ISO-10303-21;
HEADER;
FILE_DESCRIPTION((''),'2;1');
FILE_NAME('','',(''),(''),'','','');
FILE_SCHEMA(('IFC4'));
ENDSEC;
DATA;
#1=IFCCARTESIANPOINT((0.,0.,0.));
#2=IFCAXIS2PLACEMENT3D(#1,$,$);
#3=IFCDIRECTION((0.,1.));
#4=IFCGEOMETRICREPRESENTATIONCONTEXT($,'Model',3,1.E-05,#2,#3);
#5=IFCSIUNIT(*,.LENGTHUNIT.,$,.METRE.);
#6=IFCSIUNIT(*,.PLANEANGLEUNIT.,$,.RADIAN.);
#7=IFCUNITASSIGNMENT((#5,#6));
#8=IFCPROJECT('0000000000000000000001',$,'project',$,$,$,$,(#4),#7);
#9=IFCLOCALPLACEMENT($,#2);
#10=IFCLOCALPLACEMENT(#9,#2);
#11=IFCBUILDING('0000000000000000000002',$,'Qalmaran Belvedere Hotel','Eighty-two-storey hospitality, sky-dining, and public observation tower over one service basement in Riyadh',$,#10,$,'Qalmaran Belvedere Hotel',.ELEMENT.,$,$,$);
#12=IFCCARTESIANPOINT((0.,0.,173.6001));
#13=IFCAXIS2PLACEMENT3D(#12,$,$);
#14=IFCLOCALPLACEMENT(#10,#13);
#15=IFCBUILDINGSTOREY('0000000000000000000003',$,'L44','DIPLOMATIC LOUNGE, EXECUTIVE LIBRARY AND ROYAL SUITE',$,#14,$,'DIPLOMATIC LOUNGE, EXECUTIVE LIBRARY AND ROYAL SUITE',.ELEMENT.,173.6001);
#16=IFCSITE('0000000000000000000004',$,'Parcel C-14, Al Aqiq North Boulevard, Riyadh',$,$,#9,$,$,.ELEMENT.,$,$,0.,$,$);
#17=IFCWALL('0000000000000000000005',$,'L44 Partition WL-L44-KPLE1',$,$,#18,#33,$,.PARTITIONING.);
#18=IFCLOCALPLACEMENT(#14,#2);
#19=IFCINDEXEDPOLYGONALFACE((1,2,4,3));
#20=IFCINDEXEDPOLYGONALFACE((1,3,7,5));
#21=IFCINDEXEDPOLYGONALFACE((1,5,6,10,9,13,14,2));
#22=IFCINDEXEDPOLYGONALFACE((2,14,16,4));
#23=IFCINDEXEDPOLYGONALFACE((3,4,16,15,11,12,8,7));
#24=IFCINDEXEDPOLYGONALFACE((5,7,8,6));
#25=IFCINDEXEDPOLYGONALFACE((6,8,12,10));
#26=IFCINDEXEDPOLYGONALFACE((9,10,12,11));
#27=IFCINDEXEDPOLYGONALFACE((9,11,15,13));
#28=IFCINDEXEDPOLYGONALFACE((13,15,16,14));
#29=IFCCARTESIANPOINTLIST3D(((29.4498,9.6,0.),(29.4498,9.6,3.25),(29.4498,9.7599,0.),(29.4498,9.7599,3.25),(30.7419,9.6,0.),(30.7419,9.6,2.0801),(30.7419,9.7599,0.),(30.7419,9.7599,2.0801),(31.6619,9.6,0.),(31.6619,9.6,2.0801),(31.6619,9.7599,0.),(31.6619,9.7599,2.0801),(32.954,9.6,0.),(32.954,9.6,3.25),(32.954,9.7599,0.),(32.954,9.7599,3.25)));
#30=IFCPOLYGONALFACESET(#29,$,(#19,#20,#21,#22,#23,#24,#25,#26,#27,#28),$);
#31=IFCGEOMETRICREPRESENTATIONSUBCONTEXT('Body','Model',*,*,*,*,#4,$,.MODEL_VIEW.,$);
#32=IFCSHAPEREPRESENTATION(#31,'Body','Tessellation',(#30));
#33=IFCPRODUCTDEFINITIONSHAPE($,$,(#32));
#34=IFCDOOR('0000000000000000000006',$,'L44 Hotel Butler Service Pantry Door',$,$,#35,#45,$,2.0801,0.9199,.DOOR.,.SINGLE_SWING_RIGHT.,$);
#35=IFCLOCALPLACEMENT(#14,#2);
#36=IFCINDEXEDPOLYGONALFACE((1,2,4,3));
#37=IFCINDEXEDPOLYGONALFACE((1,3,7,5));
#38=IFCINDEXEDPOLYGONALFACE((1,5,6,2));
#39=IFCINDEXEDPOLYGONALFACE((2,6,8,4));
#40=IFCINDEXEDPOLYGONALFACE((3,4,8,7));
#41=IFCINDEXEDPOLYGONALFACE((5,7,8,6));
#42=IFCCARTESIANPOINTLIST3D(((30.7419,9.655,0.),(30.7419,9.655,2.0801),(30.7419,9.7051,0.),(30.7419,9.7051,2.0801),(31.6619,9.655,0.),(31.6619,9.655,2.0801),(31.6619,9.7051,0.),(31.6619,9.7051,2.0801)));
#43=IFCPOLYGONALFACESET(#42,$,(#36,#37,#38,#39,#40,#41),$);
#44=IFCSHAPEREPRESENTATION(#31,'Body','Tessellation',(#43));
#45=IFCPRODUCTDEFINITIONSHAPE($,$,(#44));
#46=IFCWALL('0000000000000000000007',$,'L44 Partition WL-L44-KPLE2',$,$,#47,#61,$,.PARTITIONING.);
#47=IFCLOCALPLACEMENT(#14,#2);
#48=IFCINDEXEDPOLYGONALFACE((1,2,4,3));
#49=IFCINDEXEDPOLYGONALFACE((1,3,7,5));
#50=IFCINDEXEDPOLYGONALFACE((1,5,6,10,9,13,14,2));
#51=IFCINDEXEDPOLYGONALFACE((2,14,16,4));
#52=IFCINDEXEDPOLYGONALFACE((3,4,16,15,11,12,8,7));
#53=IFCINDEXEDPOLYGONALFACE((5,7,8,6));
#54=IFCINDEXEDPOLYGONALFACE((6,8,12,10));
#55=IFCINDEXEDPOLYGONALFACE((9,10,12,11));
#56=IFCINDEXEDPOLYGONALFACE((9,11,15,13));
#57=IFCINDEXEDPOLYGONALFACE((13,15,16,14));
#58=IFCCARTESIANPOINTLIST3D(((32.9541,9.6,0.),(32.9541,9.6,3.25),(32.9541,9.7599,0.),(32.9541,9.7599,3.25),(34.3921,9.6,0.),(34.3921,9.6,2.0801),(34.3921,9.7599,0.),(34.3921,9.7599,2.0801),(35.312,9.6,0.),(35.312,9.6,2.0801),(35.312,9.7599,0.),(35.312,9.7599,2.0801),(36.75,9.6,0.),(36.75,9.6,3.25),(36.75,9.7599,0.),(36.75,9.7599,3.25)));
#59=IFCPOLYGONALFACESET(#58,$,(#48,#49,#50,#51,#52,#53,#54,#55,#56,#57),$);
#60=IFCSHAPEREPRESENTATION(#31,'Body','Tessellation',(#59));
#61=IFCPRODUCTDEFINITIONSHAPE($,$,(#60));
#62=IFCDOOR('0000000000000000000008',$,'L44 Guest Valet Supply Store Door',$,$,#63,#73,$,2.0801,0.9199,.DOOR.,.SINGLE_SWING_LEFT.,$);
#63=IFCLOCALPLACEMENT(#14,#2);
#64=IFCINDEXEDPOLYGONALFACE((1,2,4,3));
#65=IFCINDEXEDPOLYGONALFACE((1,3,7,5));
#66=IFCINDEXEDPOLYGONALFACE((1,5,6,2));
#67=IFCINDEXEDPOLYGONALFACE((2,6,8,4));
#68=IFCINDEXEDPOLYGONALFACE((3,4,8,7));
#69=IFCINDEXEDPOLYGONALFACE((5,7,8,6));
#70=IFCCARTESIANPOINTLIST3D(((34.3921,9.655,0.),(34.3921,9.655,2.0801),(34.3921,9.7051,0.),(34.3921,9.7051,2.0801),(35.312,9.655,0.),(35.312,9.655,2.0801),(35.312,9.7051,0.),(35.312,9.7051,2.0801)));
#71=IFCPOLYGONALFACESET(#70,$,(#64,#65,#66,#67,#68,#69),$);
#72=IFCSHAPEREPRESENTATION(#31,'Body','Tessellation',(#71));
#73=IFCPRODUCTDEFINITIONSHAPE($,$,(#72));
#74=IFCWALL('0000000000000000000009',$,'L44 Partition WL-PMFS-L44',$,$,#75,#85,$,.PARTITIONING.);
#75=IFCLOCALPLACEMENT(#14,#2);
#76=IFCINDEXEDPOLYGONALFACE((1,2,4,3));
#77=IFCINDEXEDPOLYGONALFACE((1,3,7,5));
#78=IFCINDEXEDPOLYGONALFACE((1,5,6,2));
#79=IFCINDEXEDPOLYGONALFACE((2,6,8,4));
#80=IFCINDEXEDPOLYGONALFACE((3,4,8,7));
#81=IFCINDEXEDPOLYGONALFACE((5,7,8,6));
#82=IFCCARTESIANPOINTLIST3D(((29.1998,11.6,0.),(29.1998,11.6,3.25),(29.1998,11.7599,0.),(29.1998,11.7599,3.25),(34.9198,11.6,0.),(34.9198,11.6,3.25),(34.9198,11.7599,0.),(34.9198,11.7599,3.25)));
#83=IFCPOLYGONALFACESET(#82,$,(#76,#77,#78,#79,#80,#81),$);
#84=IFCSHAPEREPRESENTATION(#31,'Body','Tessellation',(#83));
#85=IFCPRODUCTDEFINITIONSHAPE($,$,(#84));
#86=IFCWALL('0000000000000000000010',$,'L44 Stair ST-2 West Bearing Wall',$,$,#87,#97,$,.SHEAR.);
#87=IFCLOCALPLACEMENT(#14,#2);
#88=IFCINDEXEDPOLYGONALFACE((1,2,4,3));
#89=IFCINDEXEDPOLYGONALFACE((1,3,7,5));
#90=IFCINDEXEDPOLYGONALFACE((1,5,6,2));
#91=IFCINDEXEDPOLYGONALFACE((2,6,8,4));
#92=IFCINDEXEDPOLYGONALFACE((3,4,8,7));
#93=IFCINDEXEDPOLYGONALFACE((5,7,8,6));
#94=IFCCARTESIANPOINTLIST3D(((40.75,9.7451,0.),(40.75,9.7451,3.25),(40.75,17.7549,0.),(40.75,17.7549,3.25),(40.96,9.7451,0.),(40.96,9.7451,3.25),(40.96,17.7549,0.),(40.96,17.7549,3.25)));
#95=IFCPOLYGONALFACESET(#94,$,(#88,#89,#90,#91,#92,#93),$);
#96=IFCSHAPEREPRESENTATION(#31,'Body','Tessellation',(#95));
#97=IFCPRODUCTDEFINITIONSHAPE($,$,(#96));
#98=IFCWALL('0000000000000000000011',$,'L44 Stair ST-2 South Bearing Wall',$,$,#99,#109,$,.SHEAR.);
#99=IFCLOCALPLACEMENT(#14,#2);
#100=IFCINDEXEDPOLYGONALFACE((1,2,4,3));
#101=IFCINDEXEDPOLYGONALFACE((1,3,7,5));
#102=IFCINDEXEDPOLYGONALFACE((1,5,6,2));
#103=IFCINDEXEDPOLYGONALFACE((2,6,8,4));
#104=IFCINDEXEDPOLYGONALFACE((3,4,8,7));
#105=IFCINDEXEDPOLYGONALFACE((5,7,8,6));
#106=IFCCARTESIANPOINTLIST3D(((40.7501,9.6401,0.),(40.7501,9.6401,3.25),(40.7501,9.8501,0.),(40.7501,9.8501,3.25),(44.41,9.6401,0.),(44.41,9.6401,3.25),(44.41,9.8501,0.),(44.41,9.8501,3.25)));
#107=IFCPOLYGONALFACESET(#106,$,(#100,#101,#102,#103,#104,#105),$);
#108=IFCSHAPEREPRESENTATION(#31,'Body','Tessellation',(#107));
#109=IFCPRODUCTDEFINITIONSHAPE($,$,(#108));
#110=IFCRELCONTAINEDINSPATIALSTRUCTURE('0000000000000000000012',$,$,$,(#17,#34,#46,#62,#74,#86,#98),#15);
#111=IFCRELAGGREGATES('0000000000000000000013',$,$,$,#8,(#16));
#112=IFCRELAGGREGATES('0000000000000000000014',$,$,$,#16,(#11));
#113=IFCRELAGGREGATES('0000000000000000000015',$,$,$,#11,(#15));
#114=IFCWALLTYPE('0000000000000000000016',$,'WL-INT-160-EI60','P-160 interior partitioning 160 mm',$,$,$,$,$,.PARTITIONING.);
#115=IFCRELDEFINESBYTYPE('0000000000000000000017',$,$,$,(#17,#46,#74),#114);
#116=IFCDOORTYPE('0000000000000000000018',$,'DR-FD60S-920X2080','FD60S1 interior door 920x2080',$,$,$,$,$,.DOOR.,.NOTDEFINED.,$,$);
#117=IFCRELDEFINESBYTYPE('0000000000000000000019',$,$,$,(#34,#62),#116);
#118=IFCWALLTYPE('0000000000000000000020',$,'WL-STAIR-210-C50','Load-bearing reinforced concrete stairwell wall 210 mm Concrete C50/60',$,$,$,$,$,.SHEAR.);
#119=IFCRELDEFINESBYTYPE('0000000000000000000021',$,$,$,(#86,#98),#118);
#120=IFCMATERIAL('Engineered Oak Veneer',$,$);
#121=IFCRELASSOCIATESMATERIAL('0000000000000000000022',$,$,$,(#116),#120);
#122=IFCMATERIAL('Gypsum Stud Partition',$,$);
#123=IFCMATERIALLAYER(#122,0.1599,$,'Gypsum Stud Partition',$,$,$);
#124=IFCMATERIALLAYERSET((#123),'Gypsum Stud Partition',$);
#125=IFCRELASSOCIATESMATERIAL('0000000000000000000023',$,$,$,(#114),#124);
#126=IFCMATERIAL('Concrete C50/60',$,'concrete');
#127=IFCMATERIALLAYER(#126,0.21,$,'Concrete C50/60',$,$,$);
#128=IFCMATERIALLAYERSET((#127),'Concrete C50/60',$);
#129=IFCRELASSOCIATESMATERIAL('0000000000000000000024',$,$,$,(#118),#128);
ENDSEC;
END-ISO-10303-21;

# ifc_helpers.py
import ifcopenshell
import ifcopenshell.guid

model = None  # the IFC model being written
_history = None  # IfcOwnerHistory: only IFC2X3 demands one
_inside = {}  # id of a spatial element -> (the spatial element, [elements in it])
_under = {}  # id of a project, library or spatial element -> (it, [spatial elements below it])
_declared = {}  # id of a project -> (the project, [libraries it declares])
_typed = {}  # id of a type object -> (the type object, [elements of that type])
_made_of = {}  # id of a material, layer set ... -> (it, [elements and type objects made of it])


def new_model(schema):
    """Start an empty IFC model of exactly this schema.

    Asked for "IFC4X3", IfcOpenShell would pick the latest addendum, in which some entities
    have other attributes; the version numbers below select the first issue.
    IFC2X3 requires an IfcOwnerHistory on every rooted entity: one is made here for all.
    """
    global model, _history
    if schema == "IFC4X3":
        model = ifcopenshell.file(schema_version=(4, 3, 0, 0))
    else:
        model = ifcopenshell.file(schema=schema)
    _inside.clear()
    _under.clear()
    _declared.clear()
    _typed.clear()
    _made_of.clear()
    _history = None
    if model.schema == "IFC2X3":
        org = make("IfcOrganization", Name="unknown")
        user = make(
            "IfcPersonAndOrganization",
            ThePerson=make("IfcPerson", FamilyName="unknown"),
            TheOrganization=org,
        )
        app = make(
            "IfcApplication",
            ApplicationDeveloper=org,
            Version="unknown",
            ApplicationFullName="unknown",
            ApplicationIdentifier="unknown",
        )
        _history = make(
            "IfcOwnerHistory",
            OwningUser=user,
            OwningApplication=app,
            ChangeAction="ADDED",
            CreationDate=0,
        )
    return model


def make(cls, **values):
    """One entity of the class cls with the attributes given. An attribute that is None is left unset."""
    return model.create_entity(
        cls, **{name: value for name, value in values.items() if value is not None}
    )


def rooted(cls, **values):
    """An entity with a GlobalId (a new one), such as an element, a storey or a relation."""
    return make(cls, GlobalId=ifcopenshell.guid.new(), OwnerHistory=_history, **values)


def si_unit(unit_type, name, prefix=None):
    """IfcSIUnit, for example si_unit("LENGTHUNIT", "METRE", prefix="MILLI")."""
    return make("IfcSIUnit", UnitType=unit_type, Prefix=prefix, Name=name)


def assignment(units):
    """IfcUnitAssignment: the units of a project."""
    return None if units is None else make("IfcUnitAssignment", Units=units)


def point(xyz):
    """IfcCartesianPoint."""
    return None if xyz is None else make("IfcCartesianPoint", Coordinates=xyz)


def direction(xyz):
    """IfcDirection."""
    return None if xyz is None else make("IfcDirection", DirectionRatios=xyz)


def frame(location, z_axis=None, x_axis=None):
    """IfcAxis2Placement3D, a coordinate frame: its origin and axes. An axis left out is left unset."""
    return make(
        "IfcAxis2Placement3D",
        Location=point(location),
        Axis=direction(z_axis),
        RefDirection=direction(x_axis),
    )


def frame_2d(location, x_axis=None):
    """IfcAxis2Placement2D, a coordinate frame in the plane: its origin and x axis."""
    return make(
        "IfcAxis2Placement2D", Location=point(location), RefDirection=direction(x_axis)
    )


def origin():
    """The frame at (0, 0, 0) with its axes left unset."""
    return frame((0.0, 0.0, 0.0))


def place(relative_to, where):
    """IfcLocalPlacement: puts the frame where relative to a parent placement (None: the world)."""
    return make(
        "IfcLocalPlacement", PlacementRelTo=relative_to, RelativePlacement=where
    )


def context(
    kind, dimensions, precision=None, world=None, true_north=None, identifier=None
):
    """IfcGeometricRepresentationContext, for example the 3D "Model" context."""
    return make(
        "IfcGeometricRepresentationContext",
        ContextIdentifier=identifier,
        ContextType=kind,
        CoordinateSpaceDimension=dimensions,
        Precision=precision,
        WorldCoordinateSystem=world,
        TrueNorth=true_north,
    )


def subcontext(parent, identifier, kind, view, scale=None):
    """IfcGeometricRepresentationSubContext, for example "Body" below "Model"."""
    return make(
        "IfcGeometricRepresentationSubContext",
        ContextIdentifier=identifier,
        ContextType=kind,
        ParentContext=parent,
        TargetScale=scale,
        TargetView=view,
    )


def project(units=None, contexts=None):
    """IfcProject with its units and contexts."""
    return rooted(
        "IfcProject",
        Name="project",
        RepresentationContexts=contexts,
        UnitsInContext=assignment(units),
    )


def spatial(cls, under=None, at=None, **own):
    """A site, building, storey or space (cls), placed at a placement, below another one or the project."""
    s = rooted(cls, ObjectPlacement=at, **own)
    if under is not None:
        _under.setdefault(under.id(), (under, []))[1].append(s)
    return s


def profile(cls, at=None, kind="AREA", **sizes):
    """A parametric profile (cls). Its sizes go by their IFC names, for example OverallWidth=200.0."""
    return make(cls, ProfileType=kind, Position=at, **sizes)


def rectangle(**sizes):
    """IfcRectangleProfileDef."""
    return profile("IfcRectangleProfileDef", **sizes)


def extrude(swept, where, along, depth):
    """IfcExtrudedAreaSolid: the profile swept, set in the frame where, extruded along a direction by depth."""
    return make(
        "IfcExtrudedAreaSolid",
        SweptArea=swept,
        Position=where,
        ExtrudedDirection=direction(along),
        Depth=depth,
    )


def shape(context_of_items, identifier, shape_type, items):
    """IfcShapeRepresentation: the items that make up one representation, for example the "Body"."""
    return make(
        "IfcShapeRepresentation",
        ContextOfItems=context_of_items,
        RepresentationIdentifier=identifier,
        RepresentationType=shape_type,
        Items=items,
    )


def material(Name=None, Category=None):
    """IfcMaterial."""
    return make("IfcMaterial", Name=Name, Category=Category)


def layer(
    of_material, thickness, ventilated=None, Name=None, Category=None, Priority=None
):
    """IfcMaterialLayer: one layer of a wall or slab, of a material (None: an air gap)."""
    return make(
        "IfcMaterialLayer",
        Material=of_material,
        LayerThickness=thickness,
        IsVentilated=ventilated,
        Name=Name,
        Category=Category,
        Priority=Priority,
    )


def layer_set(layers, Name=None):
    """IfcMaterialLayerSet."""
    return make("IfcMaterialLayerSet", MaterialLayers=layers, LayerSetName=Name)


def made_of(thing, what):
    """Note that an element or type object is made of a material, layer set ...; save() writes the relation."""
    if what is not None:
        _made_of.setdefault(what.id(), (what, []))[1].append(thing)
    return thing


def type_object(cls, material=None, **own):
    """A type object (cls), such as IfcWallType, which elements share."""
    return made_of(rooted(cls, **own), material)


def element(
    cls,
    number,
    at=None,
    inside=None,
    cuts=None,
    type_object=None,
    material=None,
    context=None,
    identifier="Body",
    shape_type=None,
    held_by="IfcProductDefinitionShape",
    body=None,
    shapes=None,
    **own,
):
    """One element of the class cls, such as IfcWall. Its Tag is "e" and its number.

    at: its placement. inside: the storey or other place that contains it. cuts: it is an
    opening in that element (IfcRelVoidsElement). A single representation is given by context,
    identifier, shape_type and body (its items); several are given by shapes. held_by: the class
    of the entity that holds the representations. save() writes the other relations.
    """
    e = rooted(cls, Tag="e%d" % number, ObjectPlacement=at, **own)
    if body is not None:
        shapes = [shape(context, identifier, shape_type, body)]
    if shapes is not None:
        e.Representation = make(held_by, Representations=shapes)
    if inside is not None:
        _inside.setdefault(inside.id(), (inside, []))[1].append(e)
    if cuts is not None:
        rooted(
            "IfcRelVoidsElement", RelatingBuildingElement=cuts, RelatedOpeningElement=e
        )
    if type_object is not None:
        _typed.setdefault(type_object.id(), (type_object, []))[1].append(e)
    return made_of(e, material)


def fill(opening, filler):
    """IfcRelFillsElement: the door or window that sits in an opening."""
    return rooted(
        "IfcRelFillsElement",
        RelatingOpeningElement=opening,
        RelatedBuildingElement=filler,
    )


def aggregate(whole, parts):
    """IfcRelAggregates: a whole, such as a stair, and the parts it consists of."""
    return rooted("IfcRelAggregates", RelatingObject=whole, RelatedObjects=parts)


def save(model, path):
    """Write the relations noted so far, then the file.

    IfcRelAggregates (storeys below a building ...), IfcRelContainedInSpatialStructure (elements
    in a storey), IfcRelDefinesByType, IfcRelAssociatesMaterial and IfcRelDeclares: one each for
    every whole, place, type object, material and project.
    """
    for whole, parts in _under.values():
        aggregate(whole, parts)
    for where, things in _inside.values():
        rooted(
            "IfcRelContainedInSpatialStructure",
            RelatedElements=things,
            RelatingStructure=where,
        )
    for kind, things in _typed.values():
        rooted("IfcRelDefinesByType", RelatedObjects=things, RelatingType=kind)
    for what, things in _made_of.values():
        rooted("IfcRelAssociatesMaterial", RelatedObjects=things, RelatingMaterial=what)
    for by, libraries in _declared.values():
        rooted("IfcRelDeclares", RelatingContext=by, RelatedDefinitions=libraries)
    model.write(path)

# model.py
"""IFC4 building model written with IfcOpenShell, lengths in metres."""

from ifc_helpers import new_model, si_unit, direction, frame, frame_2d, origin, place, context, subcontext, project, spatial, rectangle, extrude, material, layer, layer_set, type_object, element, fill, save


model = new_model("IFC4")

# Units and contexts
model_context = context("Model", 3, precision=1e-05, world=origin(), true_north=direction((0.0, 1.0)))
body_context = subcontext(model_context, "Body", "Model", "MODEL_VIEW")
ifc_project = project(units=[si_unit("LENGTHUNIT", "METRE"), si_unit("PLANEANGLEUNIT", "RADIAN")], contexts=[model_context])

# Site, building, storey
site_placement = place(None, origin())
site = spatial("IfcSite", under=ifc_project, at=site_placement, Name="Parcel C-14, Al Aqiq North Boulevard, Riyadh", CompositionType="ELEMENT", RefElevation=0.0)
building_placement = place(site_placement, origin())
building = spatial("IfcBuilding", under=site, at=building_placement, Name="Qalmaran Belvedere Hotel", Description="Eighty-two-storey hospitality, sky-dining, and public observation tower over one service basement in Riyadh", LongName="Qalmaran Belvedere Hotel", CompositionType="ELEMENT")
storey_placement = place(building_placement, frame((0.0, 0.0, 173.6001)))
storey = spatial("IfcBuildingStorey", under=building, at=storey_placement, Name="L44", Description="DIPLOMATIC LOUNGE, EXECUTIVE LIBRARY AND ROYAL SUITE", LongName="DIPLOMATIC LOUNGE, EXECUTIVE LIBRARY AND ROYAL SUITE", CompositionType="ELEMENT", Elevation=173.6001)

# Shared definitions
ifc_material_1 = material(Name="Concrete C50/60", Category="concrete")

# Shared definitions
ifc_material_2 = material(Name="Gypsum Stud Partition")

# Shared definitions
ifc_material_3 = material(Name="Engineered Oak Veneer")
door_type_1 = type_object("IfcDoorType", Name="DR-FD60S-920X2080", Description="FD60S1 interior door 920x2080", OperationType="NOTDEFINED", PredefinedType="DOOR", material=ifc_material_3)

# Shared definitions
ifc_layer_1 = layer(ifc_material_2, 0.1599, Name="Gypsum Stud Partition")
ifc_layer_set_1 = layer_set([ifc_layer_1], Name="Gypsum Stud Partition")
wall_type_1 = type_object("IfcWallType", Name="WL-INT-160-EI60", Description="P-160 interior partitioning 160 mm", PredefinedType="PARTITIONING", material=ifc_layer_set_1)

# Walls, openings, doors
wall_1_placement = place(storey_placement, frame((29.45, 9.6799, 0.0), z_axis=(0.0, 0.0, 1.0), x_axis=(1.0, 0.0, 0.0)))
wall_1 = element("IfcWall", 1, at=wall_1_placement, inside=storey, type_object=wall_type_1, Name="L44 Partition WL-L44-KPLE1", PredefinedType="PARTITIONING", context=body_context, shape_type="SweptSolid", body=[
    extrude(rectangle(XDim=3.5042, YDim=0.1599, at=frame_2d((1.752, 0.0))), origin(), (0.0, 0.0, 1.0), 3.25),
])
opening_1_placement = place(wall_1_placement, frame((2.2119, 0.0, 0.0), z_axis=(0.0, 0.0, 1.0), x_axis=(-1.0, 0.0, 0.0)))
opening_1 = element("IfcOpeningElement", 2, at=opening_1_placement, cuts=wall_1, PredefinedType="OPENING", context=body_context, shape_type="SweptSolid", body=[
    extrude(rectangle(XDim=0.9199, YDim=2.0801, at=frame_2d((0.46, 1.04))), frame((0.0, 0.0898, 0.0), z_axis=(0.0, -1.0, 0.0), x_axis=(1.0, 0.0, 0.0)), (0.0, 0.0, 1.0), 0.1799),
])
door_1_placement = place(opening_1_placement, origin())
door_1 = element("IfcDoor", 3, at=door_1_placement, inside=storey, type_object=door_type_1, Name="L44 Hotel Butler Service Pantry Door", OperationType="SINGLE_SWING_RIGHT", OverallHeight=2.0801, OverallWidth=0.9199, PredefinedType="DOOR", context=body_context, shape_type="SweptSolid", body=[
    extrude(rectangle(XDim=0.9199, YDim=2.0801, at=frame_2d((0.46, 1.04))), frame((0.0, 0.0249, 0.0), z_axis=(0.0, -1.0, 0.0), x_axis=(1.0, 0.0, 0.0)), (0.0, 0.0, 1.0), 0.05),
])
fill(opening_1, door_1)
wall_2_placement = place(storey_placement, frame((32.9541, 9.6799, 0.0), z_axis=(0.0, 0.0, 1.0), x_axis=(1.0, 0.0, 0.0)))
wall_2 = element("IfcWall", 4, at=wall_2_placement, inside=storey, type_object=wall_type_1, Name="L44 Partition WL-L44-KPLE2", PredefinedType="PARTITIONING", context=body_context, shape_type="SweptSolid", body=[
    extrude(rectangle(XDim=3.7959, YDim=0.1599, at=frame_2d((1.8979, 0.0))), origin(), (0.0, 0.0, 1.0), 3.25),
])
opening_2_placement = place(wall_2_placement, frame((2.3579, 0.0, 0.0), z_axis=(0.0, 0.0, 1.0), x_axis=(-1.0, 0.0, 0.0)))
opening_2 = element("IfcOpeningElement", 5, at=opening_2_placement, cuts=wall_2, PredefinedType="OPENING", context=body_context, shape_type="SweptSolid", body=[
    extrude(rectangle(XDim=0.9199, YDim=2.0801, at=frame_2d((0.46, 1.04))), frame((0.0, 0.0898, 0.0), z_axis=(0.0, -1.0, 0.0), x_axis=(1.0, 0.0, 0.0)), (0.0, 0.0, 1.0), 0.1799),
])
door_2_placement = place(opening_2_placement, origin())
door_2 = element("IfcDoor", 6, at=door_2_placement, inside=storey, type_object=door_type_1, Name="L44 Guest Valet Supply Store Door", OperationType="SINGLE_SWING_LEFT", OverallHeight=2.0801, OverallWidth=0.9199, PredefinedType="DOOR", context=body_context, shape_type="SweptSolid", body=[
    extrude(rectangle(XDim=0.9199, YDim=2.0801, at=frame_2d((0.46, 1.04))), frame((0.0, 0.0249, 0.0), z_axis=(0.0, -1.0, 0.0), x_axis=(1.0, 0.0, 0.0)), (0.0, 0.0, 1.0), 0.05),
])
fill(opening_2, door_2)

# Walls
wall_3_placement = place(storey_placement, frame((29.2, 11.6799, 0.0), z_axis=(0.0, 0.0, 1.0), x_axis=(1.0, 0.0, 0.0)))
element("IfcWall", 7, at=wall_3_placement, inside=storey, type_object=wall_type_1, Name="L44 Partition WL-PMFS-L44", PredefinedType="PARTITIONING", context=body_context, shape_type="SweptSolid", body=[
    extrude(rectangle(XDim=5.72, YDim=0.1599, at=frame_2d((2.8599, 0.0))), origin(), (0.0, 0.0, 1.0), 3.25),
])
ifc_layer_2 = layer(ifc_material_1, 0.21, Name="Concrete C50/60")
ifc_layer_set_2 = layer_set([ifc_layer_2], Name="Concrete C50/60")
wall_type_2 = type_object("IfcWallType", Name="WL-STAIR-210-C50", Description="Load-bearing reinforced concrete stairwell wall 210 mm Concrete C50/60", PredefinedType="SHEAR", material=ifc_layer_set_2)
wall_4_placement = place(storey_placement, frame((40.855, 9.7451, 0.0), z_axis=(0.0, 0.0, 1.0), x_axis=(0.0, 1.0, 0.0)))
element("IfcWall", 8, at=wall_4_placement, inside=storey, type_object=wall_type_2, Name="L44 Stair ST-2 West Bearing Wall", PredefinedType="SHEAR", context=body_context, shape_type="SweptSolid", body=[
    extrude(rectangle(XDim=8.0098, YDim=0.21, at=frame_2d((4.0049, 0.0))), origin(), (0.0, 0.0, 1.0), 3.25),
])
wall_5_placement = place(storey_placement, frame((40.75, 9.7451, 0.0), z_axis=(0.0, 0.0, 1.0), x_axis=(1.0, 0.0, 0.0)))
element("IfcWall", 9, at=wall_5_placement, inside=storey, type_object=wall_type_2, Name="L44 Stair ST-2 South Bearing Wall", PredefinedType="SHEAR", context=body_context, shape_type="SweptSolid", body=[
    extrude(rectangle(XDim=3.6599, YDim=0.21, at=frame_2d((1.8301, 0.0))), origin(), (0.0, 0.0, 1.0), 3.25),
])

save(model, "model.ifc")
